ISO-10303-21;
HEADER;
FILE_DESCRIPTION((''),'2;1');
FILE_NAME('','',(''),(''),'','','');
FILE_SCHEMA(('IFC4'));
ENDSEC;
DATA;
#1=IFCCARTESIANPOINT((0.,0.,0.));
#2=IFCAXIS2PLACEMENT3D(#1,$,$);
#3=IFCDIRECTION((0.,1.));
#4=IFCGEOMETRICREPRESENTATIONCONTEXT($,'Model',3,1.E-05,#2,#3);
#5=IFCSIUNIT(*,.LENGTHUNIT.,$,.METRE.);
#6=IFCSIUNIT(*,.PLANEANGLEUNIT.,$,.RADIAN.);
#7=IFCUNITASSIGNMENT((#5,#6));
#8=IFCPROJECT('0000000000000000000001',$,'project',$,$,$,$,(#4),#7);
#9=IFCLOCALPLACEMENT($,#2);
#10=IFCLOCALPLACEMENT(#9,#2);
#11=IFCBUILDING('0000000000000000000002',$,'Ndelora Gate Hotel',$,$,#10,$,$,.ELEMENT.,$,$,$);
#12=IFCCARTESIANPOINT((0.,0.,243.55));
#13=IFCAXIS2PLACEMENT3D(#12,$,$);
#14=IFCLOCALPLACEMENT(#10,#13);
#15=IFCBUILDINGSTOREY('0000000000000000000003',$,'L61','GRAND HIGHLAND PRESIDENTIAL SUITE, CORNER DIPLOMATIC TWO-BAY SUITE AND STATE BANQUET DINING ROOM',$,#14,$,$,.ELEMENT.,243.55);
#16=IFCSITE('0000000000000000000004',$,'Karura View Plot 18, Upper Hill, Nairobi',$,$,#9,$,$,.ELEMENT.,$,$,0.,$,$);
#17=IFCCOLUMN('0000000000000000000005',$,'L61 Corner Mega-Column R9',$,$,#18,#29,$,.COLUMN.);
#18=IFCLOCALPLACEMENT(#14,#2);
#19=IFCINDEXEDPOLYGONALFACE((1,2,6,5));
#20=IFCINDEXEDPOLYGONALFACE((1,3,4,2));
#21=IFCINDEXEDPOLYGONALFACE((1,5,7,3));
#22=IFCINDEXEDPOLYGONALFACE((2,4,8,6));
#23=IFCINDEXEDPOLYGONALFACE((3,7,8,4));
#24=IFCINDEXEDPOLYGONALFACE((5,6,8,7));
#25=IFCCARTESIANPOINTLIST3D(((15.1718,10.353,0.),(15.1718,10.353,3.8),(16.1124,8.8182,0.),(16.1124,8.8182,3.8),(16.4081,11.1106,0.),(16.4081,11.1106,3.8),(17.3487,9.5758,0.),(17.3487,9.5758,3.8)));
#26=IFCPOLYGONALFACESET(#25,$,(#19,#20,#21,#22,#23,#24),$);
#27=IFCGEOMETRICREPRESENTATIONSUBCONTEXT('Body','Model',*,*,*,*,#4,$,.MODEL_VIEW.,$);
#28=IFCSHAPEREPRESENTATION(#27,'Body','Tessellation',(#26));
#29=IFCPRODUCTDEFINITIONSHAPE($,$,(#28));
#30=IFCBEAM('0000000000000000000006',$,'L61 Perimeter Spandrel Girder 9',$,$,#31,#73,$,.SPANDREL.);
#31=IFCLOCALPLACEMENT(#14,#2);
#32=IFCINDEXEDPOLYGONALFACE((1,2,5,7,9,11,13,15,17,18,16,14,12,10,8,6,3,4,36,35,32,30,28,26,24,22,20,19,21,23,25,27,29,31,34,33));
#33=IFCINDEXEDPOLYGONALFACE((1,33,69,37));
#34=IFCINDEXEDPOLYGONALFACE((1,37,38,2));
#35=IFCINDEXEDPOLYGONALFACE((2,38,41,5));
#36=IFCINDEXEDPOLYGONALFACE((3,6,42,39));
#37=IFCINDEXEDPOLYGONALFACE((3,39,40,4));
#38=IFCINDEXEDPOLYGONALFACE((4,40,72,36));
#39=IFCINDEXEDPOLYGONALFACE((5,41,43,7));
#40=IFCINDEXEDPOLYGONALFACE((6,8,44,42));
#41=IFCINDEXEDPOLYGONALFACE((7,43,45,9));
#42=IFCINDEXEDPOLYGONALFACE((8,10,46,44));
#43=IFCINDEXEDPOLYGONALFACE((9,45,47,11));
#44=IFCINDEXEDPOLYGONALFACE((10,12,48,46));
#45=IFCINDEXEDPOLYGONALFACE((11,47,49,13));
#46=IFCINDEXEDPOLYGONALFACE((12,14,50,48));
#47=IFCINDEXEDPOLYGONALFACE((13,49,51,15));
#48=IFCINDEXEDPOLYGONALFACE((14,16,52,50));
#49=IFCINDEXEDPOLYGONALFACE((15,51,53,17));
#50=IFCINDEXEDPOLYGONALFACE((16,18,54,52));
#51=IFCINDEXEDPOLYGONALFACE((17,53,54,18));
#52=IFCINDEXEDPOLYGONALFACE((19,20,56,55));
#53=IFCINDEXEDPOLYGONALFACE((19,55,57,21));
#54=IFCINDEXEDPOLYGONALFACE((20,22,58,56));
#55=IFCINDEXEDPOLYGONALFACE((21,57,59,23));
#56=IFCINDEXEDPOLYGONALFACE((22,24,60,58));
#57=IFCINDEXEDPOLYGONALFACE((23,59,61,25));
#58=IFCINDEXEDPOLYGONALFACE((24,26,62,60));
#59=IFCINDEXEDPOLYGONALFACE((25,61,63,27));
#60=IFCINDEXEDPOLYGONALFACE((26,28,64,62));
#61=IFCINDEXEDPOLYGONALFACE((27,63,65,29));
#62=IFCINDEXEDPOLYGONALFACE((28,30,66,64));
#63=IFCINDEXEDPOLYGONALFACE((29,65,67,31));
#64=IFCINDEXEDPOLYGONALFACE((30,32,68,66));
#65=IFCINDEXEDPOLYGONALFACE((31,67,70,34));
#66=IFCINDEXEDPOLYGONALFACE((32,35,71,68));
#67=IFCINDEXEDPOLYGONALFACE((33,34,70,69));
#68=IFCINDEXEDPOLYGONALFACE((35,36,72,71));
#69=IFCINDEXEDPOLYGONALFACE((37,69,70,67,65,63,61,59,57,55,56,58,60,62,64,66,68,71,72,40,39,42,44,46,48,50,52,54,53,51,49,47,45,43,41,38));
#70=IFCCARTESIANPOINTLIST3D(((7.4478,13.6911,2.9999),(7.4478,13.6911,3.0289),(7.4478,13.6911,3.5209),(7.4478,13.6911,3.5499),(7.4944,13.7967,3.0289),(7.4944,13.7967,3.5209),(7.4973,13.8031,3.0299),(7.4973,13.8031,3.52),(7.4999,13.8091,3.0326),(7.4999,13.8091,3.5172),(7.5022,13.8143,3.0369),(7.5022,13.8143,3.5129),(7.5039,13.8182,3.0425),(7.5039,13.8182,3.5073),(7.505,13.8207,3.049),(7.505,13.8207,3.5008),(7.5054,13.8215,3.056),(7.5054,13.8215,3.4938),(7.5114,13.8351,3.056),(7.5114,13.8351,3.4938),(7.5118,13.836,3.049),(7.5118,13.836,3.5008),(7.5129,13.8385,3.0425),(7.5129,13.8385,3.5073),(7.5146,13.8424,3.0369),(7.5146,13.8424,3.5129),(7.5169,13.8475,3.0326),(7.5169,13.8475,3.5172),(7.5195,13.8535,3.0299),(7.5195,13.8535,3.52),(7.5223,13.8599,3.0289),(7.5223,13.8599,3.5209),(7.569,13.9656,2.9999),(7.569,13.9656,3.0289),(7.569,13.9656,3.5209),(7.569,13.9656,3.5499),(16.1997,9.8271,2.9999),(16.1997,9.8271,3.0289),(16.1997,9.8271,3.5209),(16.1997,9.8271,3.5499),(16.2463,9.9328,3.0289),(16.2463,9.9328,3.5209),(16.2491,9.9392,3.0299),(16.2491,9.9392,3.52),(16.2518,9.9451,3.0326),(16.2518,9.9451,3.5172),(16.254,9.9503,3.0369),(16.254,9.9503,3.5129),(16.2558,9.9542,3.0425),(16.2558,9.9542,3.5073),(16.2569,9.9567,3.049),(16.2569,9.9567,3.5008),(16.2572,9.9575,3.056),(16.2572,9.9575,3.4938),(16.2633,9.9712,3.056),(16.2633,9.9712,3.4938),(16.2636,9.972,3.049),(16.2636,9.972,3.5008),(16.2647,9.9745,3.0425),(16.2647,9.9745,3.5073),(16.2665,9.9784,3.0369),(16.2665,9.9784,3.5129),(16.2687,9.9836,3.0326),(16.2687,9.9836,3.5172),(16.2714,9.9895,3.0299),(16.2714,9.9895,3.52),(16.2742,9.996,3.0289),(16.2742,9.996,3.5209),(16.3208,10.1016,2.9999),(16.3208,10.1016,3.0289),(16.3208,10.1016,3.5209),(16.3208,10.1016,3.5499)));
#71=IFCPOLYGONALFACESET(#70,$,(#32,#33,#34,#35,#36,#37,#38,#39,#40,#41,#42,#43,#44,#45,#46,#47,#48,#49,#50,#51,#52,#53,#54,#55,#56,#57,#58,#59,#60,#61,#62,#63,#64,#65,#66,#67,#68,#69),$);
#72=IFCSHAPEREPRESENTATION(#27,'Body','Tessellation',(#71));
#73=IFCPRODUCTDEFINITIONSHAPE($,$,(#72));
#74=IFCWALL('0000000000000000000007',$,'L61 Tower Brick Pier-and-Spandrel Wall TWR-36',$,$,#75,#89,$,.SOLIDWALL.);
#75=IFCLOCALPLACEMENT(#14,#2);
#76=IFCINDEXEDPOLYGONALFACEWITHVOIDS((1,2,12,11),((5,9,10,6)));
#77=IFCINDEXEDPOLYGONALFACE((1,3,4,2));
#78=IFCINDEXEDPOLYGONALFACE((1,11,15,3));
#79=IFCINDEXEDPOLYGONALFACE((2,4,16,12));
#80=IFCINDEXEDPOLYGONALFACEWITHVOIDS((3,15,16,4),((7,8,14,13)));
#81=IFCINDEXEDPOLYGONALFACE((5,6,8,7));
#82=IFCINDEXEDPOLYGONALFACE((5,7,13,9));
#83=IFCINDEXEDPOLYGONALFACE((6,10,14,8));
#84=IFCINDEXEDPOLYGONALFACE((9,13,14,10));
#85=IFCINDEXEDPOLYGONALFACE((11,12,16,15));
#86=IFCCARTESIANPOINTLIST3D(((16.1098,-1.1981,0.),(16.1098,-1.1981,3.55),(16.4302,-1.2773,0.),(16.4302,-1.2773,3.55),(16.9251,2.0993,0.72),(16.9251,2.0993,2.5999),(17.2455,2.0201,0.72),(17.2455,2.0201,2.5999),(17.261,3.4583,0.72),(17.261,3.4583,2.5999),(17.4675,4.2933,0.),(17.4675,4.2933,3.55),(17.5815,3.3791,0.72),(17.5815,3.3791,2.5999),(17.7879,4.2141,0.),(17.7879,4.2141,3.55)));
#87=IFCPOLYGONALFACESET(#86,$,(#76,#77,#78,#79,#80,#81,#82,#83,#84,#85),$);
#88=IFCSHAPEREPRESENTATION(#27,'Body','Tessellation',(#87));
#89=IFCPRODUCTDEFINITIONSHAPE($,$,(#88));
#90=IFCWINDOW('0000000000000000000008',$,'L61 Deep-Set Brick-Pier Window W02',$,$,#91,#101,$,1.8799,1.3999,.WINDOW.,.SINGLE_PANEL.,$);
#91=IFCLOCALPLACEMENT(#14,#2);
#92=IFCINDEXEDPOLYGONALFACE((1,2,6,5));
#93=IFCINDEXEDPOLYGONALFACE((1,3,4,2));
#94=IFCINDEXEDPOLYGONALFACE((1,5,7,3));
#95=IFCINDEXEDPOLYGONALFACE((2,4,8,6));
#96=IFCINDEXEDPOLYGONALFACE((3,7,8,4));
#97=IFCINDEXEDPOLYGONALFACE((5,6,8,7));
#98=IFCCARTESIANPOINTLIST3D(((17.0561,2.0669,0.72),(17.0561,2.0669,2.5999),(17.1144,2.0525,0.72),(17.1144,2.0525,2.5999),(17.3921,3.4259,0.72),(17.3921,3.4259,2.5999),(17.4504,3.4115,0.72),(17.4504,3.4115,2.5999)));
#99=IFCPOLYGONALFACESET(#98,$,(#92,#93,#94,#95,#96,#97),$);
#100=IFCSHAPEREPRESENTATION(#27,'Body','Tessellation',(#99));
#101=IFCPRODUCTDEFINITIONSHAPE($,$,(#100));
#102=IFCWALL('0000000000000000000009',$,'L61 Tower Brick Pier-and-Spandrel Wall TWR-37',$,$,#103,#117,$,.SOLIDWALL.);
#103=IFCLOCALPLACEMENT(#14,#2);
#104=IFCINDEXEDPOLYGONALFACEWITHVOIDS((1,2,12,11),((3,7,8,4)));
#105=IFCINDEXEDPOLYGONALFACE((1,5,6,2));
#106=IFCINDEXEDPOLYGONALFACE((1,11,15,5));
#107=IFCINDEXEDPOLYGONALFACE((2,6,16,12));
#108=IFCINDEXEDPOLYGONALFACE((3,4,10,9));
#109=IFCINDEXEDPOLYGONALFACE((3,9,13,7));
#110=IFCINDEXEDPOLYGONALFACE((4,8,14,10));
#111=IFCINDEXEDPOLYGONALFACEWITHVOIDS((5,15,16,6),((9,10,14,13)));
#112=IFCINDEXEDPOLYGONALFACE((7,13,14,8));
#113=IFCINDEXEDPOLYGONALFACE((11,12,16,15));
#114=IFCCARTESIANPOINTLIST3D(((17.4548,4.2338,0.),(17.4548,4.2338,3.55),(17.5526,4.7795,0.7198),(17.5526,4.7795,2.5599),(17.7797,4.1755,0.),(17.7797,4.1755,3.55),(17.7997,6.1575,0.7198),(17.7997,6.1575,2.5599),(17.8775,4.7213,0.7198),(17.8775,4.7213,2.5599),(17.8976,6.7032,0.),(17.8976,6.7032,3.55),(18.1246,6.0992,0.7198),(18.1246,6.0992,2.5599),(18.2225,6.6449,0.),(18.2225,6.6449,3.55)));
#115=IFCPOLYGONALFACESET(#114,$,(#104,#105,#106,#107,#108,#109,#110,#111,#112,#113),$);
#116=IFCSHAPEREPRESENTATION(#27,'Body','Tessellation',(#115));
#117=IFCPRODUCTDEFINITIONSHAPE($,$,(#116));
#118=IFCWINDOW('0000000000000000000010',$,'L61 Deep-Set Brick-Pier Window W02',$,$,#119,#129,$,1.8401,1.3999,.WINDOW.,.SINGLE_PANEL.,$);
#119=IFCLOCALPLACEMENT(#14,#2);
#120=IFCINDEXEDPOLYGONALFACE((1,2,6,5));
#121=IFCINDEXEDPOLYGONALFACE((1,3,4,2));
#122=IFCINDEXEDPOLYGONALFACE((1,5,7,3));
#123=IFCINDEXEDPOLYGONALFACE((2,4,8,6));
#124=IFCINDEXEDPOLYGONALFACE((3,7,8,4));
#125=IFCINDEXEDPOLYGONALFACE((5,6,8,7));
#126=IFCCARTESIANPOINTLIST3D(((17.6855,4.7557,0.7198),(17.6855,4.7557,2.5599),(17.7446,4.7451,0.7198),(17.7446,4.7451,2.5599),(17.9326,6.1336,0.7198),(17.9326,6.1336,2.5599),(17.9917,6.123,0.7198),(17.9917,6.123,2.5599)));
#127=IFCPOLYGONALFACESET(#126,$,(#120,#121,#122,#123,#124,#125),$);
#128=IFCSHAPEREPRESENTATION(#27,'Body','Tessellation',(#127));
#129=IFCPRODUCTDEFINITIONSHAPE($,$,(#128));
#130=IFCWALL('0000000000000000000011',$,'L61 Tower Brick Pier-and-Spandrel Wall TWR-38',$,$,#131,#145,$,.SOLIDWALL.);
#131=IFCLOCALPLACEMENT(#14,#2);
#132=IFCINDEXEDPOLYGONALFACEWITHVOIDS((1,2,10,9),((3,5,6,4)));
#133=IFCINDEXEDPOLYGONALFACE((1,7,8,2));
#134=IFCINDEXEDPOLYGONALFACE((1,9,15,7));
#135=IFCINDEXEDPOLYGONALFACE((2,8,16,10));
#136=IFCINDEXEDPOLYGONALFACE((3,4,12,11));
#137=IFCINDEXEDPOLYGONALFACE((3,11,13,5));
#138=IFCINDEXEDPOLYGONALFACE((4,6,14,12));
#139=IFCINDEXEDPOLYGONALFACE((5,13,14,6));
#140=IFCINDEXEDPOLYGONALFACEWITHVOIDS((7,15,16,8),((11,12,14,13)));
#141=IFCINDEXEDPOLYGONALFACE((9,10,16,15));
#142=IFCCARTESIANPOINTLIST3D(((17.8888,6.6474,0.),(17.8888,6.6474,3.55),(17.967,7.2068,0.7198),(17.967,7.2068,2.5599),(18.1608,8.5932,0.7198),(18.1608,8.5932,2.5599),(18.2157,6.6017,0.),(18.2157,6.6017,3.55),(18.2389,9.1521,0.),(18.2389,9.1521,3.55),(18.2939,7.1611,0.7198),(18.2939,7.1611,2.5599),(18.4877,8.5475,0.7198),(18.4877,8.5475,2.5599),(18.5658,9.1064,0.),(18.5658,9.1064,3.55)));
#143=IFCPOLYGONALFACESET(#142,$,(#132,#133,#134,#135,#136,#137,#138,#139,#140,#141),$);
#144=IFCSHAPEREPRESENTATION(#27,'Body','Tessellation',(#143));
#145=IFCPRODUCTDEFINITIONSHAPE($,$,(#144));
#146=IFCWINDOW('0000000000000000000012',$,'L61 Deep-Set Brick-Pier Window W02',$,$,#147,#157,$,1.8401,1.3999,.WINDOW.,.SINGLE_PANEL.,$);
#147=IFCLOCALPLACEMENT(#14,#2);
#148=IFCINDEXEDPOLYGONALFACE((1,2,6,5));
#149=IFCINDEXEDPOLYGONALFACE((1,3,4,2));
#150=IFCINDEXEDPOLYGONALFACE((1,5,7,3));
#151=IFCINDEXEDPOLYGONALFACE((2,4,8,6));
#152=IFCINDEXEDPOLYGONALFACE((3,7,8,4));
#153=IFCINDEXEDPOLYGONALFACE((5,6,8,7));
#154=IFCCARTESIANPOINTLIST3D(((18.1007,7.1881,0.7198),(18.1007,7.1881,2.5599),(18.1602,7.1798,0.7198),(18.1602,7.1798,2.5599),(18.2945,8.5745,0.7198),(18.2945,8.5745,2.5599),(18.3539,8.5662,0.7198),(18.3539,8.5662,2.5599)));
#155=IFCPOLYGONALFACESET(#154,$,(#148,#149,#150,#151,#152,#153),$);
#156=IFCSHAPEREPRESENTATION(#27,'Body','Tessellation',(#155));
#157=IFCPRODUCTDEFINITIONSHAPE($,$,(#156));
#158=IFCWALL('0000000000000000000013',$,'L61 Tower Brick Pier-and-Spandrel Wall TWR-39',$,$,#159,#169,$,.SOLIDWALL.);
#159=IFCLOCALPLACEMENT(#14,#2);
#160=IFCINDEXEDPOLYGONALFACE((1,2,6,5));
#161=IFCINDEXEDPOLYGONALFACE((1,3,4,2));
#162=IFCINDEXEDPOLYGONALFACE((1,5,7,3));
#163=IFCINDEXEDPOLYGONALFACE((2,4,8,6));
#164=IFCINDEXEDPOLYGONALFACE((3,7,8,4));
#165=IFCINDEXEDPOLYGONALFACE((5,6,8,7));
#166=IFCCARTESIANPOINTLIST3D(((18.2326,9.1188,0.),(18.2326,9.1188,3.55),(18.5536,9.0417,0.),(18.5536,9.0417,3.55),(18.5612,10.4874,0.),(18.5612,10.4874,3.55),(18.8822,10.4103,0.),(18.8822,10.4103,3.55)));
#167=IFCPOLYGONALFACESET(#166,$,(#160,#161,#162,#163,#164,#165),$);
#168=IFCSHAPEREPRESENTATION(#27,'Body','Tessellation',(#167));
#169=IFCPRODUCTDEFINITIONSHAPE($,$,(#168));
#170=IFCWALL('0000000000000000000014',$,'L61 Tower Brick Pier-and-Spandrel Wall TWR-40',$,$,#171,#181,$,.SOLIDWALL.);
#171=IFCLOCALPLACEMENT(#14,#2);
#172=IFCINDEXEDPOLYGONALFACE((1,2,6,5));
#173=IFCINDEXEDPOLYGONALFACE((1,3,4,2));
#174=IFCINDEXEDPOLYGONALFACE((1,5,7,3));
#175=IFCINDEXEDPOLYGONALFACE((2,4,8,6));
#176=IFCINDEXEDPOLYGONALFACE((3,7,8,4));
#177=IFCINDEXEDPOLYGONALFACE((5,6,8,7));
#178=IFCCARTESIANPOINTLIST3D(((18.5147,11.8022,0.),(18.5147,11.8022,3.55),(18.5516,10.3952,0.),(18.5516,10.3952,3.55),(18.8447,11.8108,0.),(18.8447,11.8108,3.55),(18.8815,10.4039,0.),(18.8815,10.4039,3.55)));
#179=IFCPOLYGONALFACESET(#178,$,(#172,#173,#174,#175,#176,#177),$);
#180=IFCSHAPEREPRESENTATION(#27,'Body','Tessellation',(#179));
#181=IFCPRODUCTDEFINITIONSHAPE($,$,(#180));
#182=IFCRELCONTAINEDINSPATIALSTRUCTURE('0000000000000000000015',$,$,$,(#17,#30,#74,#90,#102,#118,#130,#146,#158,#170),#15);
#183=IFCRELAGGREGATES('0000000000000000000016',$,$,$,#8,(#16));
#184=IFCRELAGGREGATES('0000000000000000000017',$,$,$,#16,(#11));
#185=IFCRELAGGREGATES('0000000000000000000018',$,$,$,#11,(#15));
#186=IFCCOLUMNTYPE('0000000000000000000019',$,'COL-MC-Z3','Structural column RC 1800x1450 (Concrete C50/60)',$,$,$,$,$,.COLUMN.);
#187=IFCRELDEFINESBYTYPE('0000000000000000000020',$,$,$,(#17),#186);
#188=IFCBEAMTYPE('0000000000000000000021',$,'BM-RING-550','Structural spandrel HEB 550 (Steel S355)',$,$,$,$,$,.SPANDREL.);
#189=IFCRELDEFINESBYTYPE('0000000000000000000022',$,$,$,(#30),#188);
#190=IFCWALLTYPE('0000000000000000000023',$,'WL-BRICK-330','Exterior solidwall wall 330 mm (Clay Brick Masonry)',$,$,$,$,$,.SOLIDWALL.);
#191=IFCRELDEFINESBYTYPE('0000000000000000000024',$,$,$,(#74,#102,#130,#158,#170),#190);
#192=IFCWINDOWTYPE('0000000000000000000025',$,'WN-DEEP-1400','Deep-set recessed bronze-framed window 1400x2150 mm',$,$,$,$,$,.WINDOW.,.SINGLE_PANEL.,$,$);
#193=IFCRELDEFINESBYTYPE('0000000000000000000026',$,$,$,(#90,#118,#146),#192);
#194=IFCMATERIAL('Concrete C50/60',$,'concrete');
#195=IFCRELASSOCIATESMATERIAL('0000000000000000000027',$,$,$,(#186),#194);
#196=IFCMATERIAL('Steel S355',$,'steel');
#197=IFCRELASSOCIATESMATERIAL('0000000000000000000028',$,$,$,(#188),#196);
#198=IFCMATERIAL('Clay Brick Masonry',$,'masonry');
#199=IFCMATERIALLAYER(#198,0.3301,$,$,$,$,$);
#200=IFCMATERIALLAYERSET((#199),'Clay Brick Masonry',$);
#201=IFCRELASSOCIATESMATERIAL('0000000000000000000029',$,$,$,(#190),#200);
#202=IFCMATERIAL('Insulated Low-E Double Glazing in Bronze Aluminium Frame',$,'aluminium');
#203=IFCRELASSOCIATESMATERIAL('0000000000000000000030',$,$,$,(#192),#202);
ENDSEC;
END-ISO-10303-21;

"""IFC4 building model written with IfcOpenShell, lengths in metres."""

from ifc_helpers import new_model, si_unit, direction, frame, frame_2d, origin, origin_2d, place, context, subcontext, project, spatial, rectangle, i_section, extrude, material, layer, layer_set, material_profile, profile_set, type_object, element, fill, save


model = new_model("IFC4")

# Units and contexts
model_context = context("Model", 3, precision=1e-05, world=origin(), true_north=direction((0.0, 1.0)))
body_context = subcontext(model_context, "Body", "Model", "MODEL_VIEW")
ifc_project = project(units=[si_unit("LENGTHUNIT", "METRE"), si_unit("PLANEANGLEUNIT", "RADIAN")], contexts=[model_context])

# Site, building, storey
site_placement = place(None, origin())
site = spatial("IfcSite", under=ifc_project, at=site_placement, Name="Karura View Plot 18, Upper Hill, Nairobi", CompositionType="ELEMENT", RefElevation=0.0)
building_placement = place(site_placement, origin())
building = spatial("IfcBuilding", under=site, at=building_placement, Name="Ndelora Gate Hotel", CompositionType="ELEMENT")
storey_placement = place(building_placement, frame((0.0, 0.0, 243.55)))
storey = spatial("IfcBuildingStorey", under=building, at=storey_placement, Name="L61", Description="GRAND HIGHLAND PRESIDENTIAL SUITE, CORNER DIPLOMATIC TWO-BAY SUITE AND STATE BANQUET DINING ROOM", CompositionType="ELEMENT", Elevation=243.55)

# Column
ifc_material_1 = material(Name="Concrete C50/60", Category="concrete")
ifc_material_profile_1 = material_profile(ifc_material_1, rectangle(XDim=1.45, YDim=1.8, at=origin_2d()), Name="RC 1800x1450")
ifc_profile_set_1 = profile_set([ifc_material_profile_1], Name="Concrete C50/60")
column_type = type_object("IfcColumnType", Name="COL-MC-Z3", Description="Structural column RC 1800x1450 (Concrete C50/60)", PredefinedType="COLUMN", material=ifc_profile_set_1)
column_placement = place(storey_placement, frame((16.2603, 9.9644, 0.0), z_axis=(0.0, 0.0, 1.0), x_axis=(0.85264, 0.522499, 0.0)))
element("IfcColumn", 1, at=column_placement, inside=storey, type_object=column_type, Name="L61 Corner Mega-Column R9", PredefinedType="COLUMN", context=body_context, shape_type="SweptSolid", body=[
    extrude(rectangle(XDim=1.45, YDim=1.8, at=origin_2d()), origin(), (0.0, 0.0, 1.0), 3.8),
])

# Beam
ifc_material_2 = material(Name="Steel S355", Category="steel")
ifc_material_profile_2 = material_profile(ifc_material_2, i_section(OverallWidth=0.3, OverallDepth=0.55, WebThickness=0.0149, FlangeThickness=0.0291, FilletRadius=0.0271, at=origin_2d()), Name="HEB 550")
ifc_profile_set_2 = profile_set([ifc_material_profile_2], Name="Steel S355")
beam_type = type_object("IfcBeamType", Name="BM-RING-550", Description="Structural spandrel HEB 550 (Steel S355)", PredefinedType="SPANDREL", material=ifc_profile_set_2)
beam_placement = place(storey_placement, frame((16.2603, 9.9644, 3.2749), z_axis=(-0.914807, 0.40389, 0.0), x_axis=(-0.40389, -0.914807, 0.0)))
element("IfcBeam", 2, at=beam_placement, inside=storey, type_object=beam_type, Name="L61 Perimeter Spandrel Girder 9", PredefinedType="SPANDREL", context=body_context, shape_type="SweptSolid", body=[
    extrude(i_section(OverallWidth=0.3, OverallDepth=0.55, WebThickness=0.0149, FlangeThickness=0.0291, FilletRadius=0.0271, at=origin_2d()), origin(), (0.0, 0.0, 1.0), 9.5669),
])

# Walls, openings, windows
ifc_material_3 = material(Name="Clay Brick Masonry", Category="masonry")
ifc_layer_1 = layer(ifc_material_3, 0.3301)
ifc_layer_set_1 = layer_set([ifc_layer_1], Name="Clay Brick Masonry")
wall_type_1 = type_object("IfcWallType", Name="WL-BRICK-330", Description="Exterior solidwall wall 330 mm (Clay Brick Masonry)", PredefinedType="SOLIDWALL", material=ifc_layer_set_1)
wall_1_placement = place(storey_placement, frame((17.6277, 4.2537, 0.0), z_axis=(0.0, 0.0, 1.0), x_axis=(-0.240006, -0.970771, 0.0)))
wall_1 = element("IfcWall", 3, at=wall_1_placement, inside=storey, type_object=wall_type_1, Name="L61 Tower Brick Pier-and-Spandrel Wall TWR-36", PredefinedType="SOLIDWALL", context=body_context, shape_type="SweptSolid", body=[
    extrude(rectangle(XDim=5.6567, YDim=0.3301, at=frame_2d((2.8284, 0.0))), origin(), (0.0, 0.0, 1.0), 3.55),
])
opening_1_placement = place(wall_1_placement, frame((0.8601, 0.0, 0.72)))
opening_1 = element("IfcOpeningElement", 4, at=opening_1_placement, cuts=wall_1, PredefinedType="OPENING", context=body_context, shape_type="SweptSolid", body=[
    extrude(rectangle(XDim=1.3999, YDim=1.8799, at=frame_2d((0.7, 0.9399))), frame((0.0, 0.175, 0.0), z_axis=(0.0, -1.0, 0.0), x_axis=(1.0, 0.0, 0.0)), (0.0, 0.0, 1.0), 0.3501),
])
ifc_material_4 = material(Name="Insulated Low-E Double Glazing in Bronze Aluminium Frame", Category="aluminium")
window_type = type_object("IfcWindowType", Name="WN-DEEP-1400", Description="Deep-set recessed bronze-framed window 1400x2150 mm", PartitioningType="SINGLE_PANEL", PredefinedType="WINDOW", material=ifc_material_4)
window_1_placement = place(opening_1_placement, origin())
window_1 = element("IfcWindow", 5, at=window_1_placement, inside=storey, type_object=window_type, Name="L61 Deep-Set Brick-Pier Window W02", OverallHeight=1.8799, OverallWidth=1.3999, PartitioningType="SINGLE_PANEL", PredefinedType="WINDOW", context=body_context, shape_type="SweptSolid", body=[
    extrude(rectangle(XDim=1.3999, YDim=1.8799, at=frame_2d((0.7, 0.9399))), frame((0.0, 0.03, 0.0), z_axis=(0.0, -1.0, 0.0), x_axis=(1.0, 0.0, 0.0)), (0.0, 0.0, 1.0), 0.0601),
])
fill(opening_1, window_1)
wall_2_placement = place(storey_placement, frame((18.0601, 6.6741, 0.0), z_axis=(0.0, 0.0, 1.0), x_axis=(-0.176521, -0.984297, 0.0)))
wall_2 = element("IfcWall", 6, at=wall_2_placement, inside=storey, type_object=wall_type_1, Name="L61 Tower Brick Pier-and-Spandrel Wall TWR-37", PredefinedType="SOLIDWALL", context=body_context, shape_type="SweptSolid", body=[
    extrude(rectangle(XDim=2.5088, YDim=0.3301, at=frame_2d((1.2544, 0.0))), origin(), (0.0, 0.0, 1.0), 3.55),
])
opening_2_placement = place(wall_2_placement, frame((0.5544, 0.0, 0.72)))
opening_2 = element("IfcOpeningElement", 7, at=opening_2_placement, cuts=wall_2, PredefinedType="OPENING", context=body_context, shape_type="SweptSolid", body=[
    extrude(rectangle(XDim=1.3999, YDim=1.8401, at=frame_2d((0.7, 0.9199))), frame((0.0, 0.175, 0.0), z_axis=(0.0, -1.0, 0.0), x_axis=(1.0, 0.0, 0.0)), (0.0, 0.0, 1.0), 0.3501),
])
window_2_placement = place(opening_2_placement, origin())
window_2 = element("IfcWindow", 8, at=window_2_placement, inside=storey, type_object=window_type, Name="L61 Deep-Set Brick-Pier Window W02", OverallHeight=1.8401, OverallWidth=1.3999, PartitioningType="SINGLE_PANEL", PredefinedType="WINDOW", context=body_context, shape_type="SweptSolid", body=[
    extrude(rectangle(XDim=1.3999, YDim=1.8401, at=frame_2d((0.7, 0.9199))), frame((0.0, 0.03, 0.0), z_axis=(0.0, -1.0, 0.0), x_axis=(1.0, 0.0, 0.0)), (0.0, 0.0, 1.0), 0.0601),
])
fill(opening_2, window_2)
wall_3_placement = place(storey_placement, frame((18.4023, 9.1294, 0.0), z_axis=(0.0, 0.0, 1.0), x_axis=(-0.138434, -0.990372, 0.0)))
wall_3 = element("IfcWall", 9, at=wall_3_placement, inside=storey, type_object=wall_type_1, Name="L61 Tower Brick Pier-and-Spandrel Wall TWR-38", PredefinedType="SOLIDWALL", context=body_context, shape_type="SweptSolid", body=[
    extrude(rectangle(XDim=2.5291, YDim=0.3301, at=frame_2d((1.2646, 0.0))), origin(), (0.0, 0.0, 1.0), 3.55),
])
opening_3_placement = place(wall_3_placement, frame((0.5645, 0.0, 0.72)))
opening_3 = element("IfcOpeningElement", 10, at=opening_3_placement, cuts=wall_3, PredefinedType="OPENING", context=body_context, shape_type="SweptSolid", body=[
    extrude(rectangle(XDim=1.3999, YDim=1.8401, at=frame_2d((0.7, 0.9199))), frame((0.0, 0.175, 0.0), z_axis=(0.0, -1.0, 0.0), x_axis=(1.0, 0.0, 0.0)), (0.0, 0.0, 1.0), 0.3501),
])
window_3_placement = place(opening_3_placement, origin())
window_3 = element("IfcWindow", 11, at=window_3_placement, inside=storey, type_object=window_type, Name="L61 Deep-Set Brick-Pier Window W02", OverallHeight=1.8401, OverallWidth=1.3999, PartitioningType="SINGLE_PANEL", PredefinedType="WINDOW", context=body_context, shape_type="SweptSolid", body=[
    extrude(rectangle(XDim=1.3999, YDim=1.8401, at=frame_2d((0.7, 0.9199))), frame((0.0, 0.03, 0.0), z_axis=(0.0, -1.0, 0.0), x_axis=(1.0, 0.0, 0.0)), (0.0, 0.0, 1.0), 0.0601),
])
fill(opening_3, window_3)

# Walls
for number, where, z_axis, x_axis, name in (
    (12, (18.7217, 10.4487, 0.0), (0.0, 0.0, 1.0), (-0.233465, -0.972365, 0.0), "L61 Tower Brick Pier-and-Spandrel Wall TWR-39"),
    (13, (18.6797, 11.8064, 0.0), (0.0, 0.0, 1.0), (0.026193, -0.999657, 0.0), "L61 Tower Brick Pier-and-Spandrel Wall TWR-40"),
):
    element("IfcWall", number, at=place(storey_placement, frame(where, z_axis=z_axis, x_axis=x_axis)), inside=storey, type_object=wall_type_1, Name=name, PredefinedType="SOLIDWALL", context=body_context, shape_type="SweptSolid", body=[
        extrude(rectangle(XDim=1.4075, YDim=0.3301, at=frame_2d((0.7036, 0.0))), origin(), (0.0, 0.0, 1.0), 3.55),
    ])

save(model, "model.ifc")
